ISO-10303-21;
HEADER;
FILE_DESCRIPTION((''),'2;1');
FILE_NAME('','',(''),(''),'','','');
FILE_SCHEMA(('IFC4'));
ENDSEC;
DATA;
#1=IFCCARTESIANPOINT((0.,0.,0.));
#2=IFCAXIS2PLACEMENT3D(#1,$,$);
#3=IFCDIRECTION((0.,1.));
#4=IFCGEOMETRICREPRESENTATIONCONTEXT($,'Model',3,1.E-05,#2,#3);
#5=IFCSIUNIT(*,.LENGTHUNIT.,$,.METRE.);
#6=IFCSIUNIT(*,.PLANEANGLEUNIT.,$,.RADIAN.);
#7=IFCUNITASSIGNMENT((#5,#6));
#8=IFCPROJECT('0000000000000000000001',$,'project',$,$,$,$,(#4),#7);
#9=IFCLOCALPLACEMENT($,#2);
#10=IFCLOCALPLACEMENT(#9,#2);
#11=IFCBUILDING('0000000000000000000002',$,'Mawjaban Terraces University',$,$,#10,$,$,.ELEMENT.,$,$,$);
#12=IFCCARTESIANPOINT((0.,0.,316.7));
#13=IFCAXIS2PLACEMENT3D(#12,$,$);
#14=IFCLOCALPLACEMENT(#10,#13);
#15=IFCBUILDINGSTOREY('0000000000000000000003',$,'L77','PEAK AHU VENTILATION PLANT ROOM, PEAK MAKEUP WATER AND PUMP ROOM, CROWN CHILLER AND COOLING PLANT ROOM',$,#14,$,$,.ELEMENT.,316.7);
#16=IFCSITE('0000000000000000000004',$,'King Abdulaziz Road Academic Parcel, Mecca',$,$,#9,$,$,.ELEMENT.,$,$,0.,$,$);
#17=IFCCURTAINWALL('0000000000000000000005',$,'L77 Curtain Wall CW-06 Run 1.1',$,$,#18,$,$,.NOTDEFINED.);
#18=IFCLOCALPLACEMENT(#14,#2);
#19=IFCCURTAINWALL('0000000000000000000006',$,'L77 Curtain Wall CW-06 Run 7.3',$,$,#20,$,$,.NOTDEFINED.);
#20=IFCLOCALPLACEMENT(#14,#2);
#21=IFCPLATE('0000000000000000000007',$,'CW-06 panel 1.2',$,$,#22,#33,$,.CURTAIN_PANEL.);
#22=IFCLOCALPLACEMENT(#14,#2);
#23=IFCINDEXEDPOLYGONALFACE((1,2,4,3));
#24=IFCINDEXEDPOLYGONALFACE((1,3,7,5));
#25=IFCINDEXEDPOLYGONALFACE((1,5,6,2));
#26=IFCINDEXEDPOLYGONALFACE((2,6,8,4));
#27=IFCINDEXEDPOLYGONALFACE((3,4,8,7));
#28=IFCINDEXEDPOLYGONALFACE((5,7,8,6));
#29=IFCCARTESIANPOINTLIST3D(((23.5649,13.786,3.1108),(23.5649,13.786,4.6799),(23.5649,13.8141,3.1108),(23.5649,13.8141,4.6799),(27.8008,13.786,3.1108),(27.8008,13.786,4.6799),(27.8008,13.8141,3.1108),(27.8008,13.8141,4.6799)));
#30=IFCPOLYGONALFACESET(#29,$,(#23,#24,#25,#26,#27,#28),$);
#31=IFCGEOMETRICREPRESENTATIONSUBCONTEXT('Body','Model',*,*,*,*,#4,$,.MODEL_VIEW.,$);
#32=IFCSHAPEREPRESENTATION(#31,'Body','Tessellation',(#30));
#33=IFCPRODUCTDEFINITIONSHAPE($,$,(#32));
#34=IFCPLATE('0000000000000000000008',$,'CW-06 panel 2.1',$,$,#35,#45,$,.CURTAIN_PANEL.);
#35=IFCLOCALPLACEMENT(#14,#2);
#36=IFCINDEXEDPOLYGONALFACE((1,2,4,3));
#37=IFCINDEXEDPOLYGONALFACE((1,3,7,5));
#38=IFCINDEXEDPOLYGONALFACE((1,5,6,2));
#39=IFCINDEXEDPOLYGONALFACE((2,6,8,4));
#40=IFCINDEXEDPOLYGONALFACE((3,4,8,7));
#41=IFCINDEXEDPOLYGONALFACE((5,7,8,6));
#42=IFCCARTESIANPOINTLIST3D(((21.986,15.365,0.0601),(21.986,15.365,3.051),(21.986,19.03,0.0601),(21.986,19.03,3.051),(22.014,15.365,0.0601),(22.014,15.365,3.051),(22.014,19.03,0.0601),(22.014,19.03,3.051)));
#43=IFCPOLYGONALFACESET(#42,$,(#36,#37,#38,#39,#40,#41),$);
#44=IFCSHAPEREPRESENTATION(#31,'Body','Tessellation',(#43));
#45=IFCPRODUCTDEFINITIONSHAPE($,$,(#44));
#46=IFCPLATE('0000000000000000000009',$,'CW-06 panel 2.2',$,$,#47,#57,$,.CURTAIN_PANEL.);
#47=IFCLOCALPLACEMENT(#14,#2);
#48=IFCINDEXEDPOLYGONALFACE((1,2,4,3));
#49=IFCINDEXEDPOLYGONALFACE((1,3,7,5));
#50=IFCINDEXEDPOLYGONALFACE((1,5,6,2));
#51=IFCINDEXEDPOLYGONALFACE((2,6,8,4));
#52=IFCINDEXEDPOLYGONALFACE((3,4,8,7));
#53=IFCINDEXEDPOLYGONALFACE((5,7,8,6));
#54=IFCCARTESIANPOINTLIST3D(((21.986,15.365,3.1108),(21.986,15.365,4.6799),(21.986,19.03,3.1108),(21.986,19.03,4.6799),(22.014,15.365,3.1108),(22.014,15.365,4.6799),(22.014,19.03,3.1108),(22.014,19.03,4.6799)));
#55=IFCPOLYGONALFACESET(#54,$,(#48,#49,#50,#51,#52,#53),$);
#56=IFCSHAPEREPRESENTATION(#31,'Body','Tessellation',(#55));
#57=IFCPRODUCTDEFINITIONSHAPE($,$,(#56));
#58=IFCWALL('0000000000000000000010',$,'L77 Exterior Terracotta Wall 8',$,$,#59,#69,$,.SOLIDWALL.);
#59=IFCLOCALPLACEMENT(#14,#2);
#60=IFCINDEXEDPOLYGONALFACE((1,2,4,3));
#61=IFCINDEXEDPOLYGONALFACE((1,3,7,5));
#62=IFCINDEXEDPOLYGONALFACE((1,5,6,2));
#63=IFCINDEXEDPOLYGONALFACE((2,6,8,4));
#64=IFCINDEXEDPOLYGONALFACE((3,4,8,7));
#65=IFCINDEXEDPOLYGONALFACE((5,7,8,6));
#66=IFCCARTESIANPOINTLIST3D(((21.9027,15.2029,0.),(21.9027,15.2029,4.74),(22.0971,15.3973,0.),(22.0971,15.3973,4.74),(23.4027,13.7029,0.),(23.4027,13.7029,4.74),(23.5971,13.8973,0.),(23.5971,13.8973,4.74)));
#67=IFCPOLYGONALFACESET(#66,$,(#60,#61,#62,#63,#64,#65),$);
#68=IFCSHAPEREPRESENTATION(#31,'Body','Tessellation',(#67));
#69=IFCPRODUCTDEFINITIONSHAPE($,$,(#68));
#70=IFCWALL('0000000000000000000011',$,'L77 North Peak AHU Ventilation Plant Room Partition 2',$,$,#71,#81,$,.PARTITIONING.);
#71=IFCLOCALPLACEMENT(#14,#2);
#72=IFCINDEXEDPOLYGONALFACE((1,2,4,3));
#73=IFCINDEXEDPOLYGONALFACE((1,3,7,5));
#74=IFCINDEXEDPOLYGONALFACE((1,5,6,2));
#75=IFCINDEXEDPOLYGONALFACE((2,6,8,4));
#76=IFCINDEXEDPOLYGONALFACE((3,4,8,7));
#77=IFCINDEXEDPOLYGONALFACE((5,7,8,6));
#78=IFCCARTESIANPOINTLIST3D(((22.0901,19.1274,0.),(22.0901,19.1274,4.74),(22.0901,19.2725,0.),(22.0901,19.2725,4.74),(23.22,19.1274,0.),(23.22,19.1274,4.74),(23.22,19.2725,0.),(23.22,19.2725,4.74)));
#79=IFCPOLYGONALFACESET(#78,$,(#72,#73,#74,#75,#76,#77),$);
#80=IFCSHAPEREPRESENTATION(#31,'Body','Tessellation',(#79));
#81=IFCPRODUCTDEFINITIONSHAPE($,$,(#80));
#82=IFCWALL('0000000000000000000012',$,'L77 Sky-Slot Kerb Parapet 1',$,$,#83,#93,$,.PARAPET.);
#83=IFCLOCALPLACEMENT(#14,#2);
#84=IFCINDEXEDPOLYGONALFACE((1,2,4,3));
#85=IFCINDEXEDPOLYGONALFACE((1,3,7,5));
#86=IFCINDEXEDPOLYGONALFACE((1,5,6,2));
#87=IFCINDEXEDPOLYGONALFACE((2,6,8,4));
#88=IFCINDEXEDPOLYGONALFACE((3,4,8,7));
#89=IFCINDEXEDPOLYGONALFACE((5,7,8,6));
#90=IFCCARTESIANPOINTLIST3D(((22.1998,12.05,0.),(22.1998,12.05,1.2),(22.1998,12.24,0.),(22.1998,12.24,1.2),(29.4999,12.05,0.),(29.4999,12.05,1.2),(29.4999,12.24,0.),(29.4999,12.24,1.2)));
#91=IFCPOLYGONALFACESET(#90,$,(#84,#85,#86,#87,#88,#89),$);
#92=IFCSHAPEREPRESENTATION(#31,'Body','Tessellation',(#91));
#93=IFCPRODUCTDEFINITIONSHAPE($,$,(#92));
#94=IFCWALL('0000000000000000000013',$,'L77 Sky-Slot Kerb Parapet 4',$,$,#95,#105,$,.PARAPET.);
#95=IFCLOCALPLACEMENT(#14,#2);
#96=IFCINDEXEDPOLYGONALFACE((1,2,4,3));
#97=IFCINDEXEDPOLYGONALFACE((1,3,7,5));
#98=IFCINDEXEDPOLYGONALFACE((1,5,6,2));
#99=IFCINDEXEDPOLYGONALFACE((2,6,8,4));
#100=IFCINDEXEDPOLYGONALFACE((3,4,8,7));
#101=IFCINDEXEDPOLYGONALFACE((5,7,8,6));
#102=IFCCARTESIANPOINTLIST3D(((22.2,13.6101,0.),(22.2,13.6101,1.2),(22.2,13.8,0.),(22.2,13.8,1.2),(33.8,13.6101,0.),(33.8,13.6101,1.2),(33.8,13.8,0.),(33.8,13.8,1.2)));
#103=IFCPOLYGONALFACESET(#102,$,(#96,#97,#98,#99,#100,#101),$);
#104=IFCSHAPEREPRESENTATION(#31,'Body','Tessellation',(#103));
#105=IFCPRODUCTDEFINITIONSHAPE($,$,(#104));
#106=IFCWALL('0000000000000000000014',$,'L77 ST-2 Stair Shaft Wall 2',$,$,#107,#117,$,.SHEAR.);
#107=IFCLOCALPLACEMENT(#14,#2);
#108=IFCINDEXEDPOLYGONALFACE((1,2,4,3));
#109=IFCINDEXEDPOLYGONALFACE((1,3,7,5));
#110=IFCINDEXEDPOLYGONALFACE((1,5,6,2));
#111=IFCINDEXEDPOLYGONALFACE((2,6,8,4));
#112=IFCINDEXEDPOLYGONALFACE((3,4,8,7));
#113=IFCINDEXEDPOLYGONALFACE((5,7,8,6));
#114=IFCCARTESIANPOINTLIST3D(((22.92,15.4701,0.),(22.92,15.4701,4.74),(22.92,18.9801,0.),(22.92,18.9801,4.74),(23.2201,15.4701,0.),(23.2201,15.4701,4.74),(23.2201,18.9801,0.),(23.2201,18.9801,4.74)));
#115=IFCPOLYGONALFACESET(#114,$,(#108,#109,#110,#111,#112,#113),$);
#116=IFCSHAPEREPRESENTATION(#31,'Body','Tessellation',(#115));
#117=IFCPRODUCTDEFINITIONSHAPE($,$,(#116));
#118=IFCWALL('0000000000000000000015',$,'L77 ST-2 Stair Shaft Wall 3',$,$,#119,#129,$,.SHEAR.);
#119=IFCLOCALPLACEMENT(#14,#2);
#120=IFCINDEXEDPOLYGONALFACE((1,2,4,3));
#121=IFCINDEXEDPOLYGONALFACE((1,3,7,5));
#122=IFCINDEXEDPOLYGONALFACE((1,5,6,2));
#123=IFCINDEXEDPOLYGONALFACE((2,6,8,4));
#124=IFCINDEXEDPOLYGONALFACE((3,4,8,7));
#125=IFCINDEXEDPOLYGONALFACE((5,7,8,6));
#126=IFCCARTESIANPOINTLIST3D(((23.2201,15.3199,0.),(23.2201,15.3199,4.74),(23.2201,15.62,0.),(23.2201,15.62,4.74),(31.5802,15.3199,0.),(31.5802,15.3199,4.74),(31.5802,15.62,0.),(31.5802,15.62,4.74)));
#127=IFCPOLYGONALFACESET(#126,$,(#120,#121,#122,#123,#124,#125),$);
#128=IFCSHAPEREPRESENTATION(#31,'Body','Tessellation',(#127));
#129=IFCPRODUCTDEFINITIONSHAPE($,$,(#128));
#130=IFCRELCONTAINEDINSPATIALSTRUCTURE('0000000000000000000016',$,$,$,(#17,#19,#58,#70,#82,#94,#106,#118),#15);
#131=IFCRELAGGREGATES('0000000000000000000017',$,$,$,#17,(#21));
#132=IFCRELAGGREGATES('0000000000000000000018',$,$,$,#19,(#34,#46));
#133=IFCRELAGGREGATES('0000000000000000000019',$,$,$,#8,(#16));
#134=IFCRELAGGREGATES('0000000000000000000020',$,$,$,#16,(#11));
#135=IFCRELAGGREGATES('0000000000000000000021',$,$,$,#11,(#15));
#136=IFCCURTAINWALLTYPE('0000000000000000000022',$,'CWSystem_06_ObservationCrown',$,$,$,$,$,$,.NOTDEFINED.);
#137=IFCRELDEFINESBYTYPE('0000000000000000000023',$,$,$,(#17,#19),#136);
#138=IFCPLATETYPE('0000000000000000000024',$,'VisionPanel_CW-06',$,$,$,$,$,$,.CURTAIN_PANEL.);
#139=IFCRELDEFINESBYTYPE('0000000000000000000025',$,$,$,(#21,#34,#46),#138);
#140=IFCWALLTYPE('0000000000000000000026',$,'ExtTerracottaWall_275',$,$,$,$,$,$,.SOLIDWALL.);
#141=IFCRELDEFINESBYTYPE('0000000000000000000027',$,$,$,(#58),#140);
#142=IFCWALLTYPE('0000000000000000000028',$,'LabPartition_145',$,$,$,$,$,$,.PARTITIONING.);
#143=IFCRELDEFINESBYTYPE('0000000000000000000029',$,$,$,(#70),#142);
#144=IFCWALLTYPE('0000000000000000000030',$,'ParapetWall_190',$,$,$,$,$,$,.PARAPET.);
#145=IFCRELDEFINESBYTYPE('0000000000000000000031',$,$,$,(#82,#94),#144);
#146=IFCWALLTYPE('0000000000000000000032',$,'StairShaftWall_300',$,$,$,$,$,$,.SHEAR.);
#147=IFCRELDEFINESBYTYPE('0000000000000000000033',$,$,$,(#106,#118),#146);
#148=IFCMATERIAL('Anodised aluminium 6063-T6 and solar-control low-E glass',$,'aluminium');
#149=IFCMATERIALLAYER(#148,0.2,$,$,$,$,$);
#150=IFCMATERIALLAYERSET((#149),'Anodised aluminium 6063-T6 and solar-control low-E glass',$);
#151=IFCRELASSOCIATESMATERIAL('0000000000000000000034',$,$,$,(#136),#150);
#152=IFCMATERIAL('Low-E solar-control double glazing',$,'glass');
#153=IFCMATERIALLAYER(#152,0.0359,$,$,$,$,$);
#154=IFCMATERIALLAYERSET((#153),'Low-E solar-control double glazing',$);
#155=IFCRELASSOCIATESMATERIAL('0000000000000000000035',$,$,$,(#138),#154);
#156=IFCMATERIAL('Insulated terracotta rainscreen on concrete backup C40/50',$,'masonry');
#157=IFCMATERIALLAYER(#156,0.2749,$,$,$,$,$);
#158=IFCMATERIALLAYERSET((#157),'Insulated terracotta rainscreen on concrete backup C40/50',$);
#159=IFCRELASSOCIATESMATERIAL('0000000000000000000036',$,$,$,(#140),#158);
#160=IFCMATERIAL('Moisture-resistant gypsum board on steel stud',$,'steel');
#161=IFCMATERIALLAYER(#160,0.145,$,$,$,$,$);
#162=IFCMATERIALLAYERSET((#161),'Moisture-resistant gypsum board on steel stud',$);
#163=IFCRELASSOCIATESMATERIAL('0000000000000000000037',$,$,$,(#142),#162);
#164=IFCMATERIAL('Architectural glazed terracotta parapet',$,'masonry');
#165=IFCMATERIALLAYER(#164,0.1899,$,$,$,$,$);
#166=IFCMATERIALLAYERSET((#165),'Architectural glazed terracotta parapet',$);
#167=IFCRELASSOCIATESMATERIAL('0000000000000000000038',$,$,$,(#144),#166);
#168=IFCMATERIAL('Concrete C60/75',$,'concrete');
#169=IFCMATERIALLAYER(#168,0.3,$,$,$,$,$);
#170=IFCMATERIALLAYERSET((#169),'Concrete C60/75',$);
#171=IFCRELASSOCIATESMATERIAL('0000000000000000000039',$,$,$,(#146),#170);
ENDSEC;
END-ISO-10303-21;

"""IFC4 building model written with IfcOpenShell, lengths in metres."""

from ifc_helpers import new_model, si_unit, direction, frame, frame_2d, origin, origin_2d, place, context, subcontext, project, spatial, rectangle, extrude, material, layer, layer_set, type_object, element, aggregate, save


model = new_model("IFC4")

# Units and contexts
model_context = context("Model", 3, precision=1e-05, world=origin(), true_north=direction((0.0, 1.0)))
body_context = subcontext(model_context, "Body", "Model", "MODEL_VIEW")
ifc_project = project(units=[si_unit("LENGTHUNIT", "METRE"), si_unit("PLANEANGLEUNIT", "RADIAN")], contexts=[model_context])

# Site, building, storey
site_placement = place(None, origin())
site = spatial("IfcSite", under=ifc_project, at=site_placement, Name="King Abdulaziz Road Academic Parcel, Mecca", CompositionType="ELEMENT", RefElevation=0.0)
building_placement = place(site_placement, origin())
building = spatial("IfcBuilding", under=site, at=building_placement, Name="Mawjaban Terraces University", CompositionType="ELEMENT")
storey_placement = place(building_placement, frame((0.0, 0.0, 316.7)))
storey = spatial("IfcBuildingStorey", under=building, at=storey_placement, Name="L77", Description="PEAK AHU VENTILATION PLANT ROOM, PEAK MAKEUP WATER AND PUMP ROOM, CROWN CHILLER AND COOLING PLANT ROOM", CompositionType="ELEMENT", Elevation=316.7)

# Curtain walls
ifc_material_1 = material(Name="Anodised aluminium 6063-T6 and solar-control low-E glass", Category="aluminium")
ifc_layer_1 = layer(ifc_material_1, 0.2)
ifc_layer_set_1 = layer_set([ifc_layer_1], Name="Anodised aluminium 6063-T6 and solar-control low-E glass")
curtain_wall_type = type_object("IfcCurtainWallType", Name="CWSystem_06_ObservationCrown", PredefinedType="NOTDEFINED", material=ifc_layer_set_1)
curtain_wall_1_placement = place(storey_placement, origin())
curtain_wall_1 = element("IfcCurtainWall", 1, at=curtain_wall_1_placement, inside=storey, type_object=curtain_wall_type, Name="L77 Curtain Wall CW-06 Run 1.1", PredefinedType="NOTDEFINED")
curtain_wall_2_placement = place(storey_placement, origin())
curtain_wall_2 = element("IfcCurtainWall", 2, at=curtain_wall_2_placement, inside=storey, type_object=curtain_wall_type, Name="L77 Curtain Wall CW-06 Run 7.3", PredefinedType="NOTDEFINED")

# Plates
ifc_material_2 = material(Name="Low-E solar-control double glazing", Category="glass")
ifc_layer_2 = layer(ifc_material_2, 0.0359)
ifc_layer_set_2 = layer_set([ifc_layer_2], Name="Low-E solar-control double glazing")
plate_type = type_object("IfcPlateType", Name="VisionPanel_CW-06", PredefinedType="CURTAIN_PANEL", material=ifc_layer_set_2)
plate_1_placement = place(storey_placement, frame((25.6829, 13.8, 3.1108), z_axis=(0.0, 0.0, 1.0), x_axis=(1.0, 0.0, 0.0)))
plate_1 = element("IfcPlate", 3, at=plate_1_placement, type_object=plate_type, Name="CW-06 panel 1.2", PredefinedType="CURTAIN_PANEL", context=body_context, shape_type="SweptSolid", body=[
    extrude(rectangle(XDim=4.2358, YDim=0.0281, at=origin_2d()), origin(), (0.0, 0.0, 1.0), 1.5691),
])
aggregate(curtain_wall_1, [plate_1])
plate_2_placement = place(storey_placement, frame((22.0, 17.1975, 0.0601), z_axis=(0.0, 0.0, 1.0), x_axis=(0.0, -1.0, 0.0)))
plate_2 = element("IfcPlate", 4, at=plate_2_placement, type_object=plate_type, Name="CW-06 panel 2.1", PredefinedType="CURTAIN_PANEL", context=body_context, shape_type="SweptSolid", body=[
    extrude(rectangle(XDim=3.665, YDim=0.0281, at=origin_2d()), origin(), (0.0, 0.0, 1.0), 2.991),
])
plate_3_placement = place(storey_placement, frame((22.0, 17.1975, 3.1108), z_axis=(0.0, 0.0, 1.0), x_axis=(0.0, -1.0, 0.0)))
plate_3 = element("IfcPlate", 5, at=plate_3_placement, type_object=plate_type, Name="CW-06 panel 2.2", PredefinedType="CURTAIN_PANEL", context=body_context, shape_type="SweptSolid", body=[
    extrude(rectangle(XDim=3.665, YDim=0.0281, at=origin_2d()), origin(), (0.0, 0.0, 1.0), 1.5691),
])
aggregate(curtain_wall_2, [plate_2, plate_3])

# Walls
ifc_material_3 = material(Name="Insulated terracotta rainscreen on concrete backup C40/50", Category="masonry")
ifc_layer_3 = layer(ifc_material_3, 0.2749)
ifc_layer_set_3 = layer_set([ifc_layer_3], Name="Insulated terracotta rainscreen on concrete backup C40/50")
wall_type_1 = type_object("IfcWallType", Name="ExtTerracottaWall_275", PredefinedType="SOLIDWALL", material=ifc_layer_set_3)
wall_1_placement = place(storey_placement, frame((22.0, 15.3, 0.0), z_axis=(0.0, 0.0, 1.0), x_axis=(0.707107, -0.707107, 0.0)))
element("IfcWall", 6, at=wall_1_placement, inside=storey, type_object=wall_type_1, Name="L77 Exterior Terracotta Wall 8", PredefinedType="SOLIDWALL", context=body_context, shape_type="SweptSolid", body=[
    extrude(rectangle(XDim=2.1213, YDim=0.2749, at=frame_2d((1.0605, 0.0))), origin(), (0.0, 0.0, 1.0), 4.74),
])
ifc_material_4 = material(Name="Moisture-resistant gypsum board on steel stud", Category="steel")
ifc_layer_4 = layer(ifc_material_4, 0.145)
ifc_layer_set_4 = layer_set([ifc_layer_4], Name="Moisture-resistant gypsum board on steel stud")
wall_type_2 = type_object("IfcWallType", Name="LabPartition_145", PredefinedType="PARTITIONING", material=ifc_layer_set_4)
wall_2_placement = place(storey_placement, frame((22.0901, 19.2, 0.0), z_axis=(0.0, 0.0, 1.0), x_axis=(1.0, 0.0, 0.0)))
element("IfcWall", 7, at=wall_2_placement, inside=storey, type_object=wall_type_2, Name="L77 North Peak AHU Ventilation Plant Room Partition 2", PredefinedType="PARTITIONING", context=body_context, shape_type="SweptSolid", body=[
    extrude(rectangle(XDim=1.1299, YDim=0.145, at=frame_2d((0.5649, 0.0))), origin(), (0.0, 0.0, 1.0), 4.74),
])
ifc_material_5 = material(Name="Architectural glazed terracotta parapet", Category="masonry")
ifc_layer_5 = layer(ifc_material_5, 0.1899)
ifc_layer_set_5 = layer_set([ifc_layer_5], Name="Architectural glazed terracotta parapet")
wall_type_3 = type_object("IfcWallType", Name="ParapetWall_190", PredefinedType="PARAPET", material=ifc_layer_set_5)
wall_3_placement = place(storey_placement, frame((22.2, 12.145, 0.0), z_axis=(0.0, 0.0, 1.0), x_axis=(1.0, 0.0, 0.0)))
element("IfcWall", 8, at=wall_3_placement, inside=storey, type_object=wall_type_3, Name="L77 Sky-Slot Kerb Parapet 1", PredefinedType="PARAPET", context=body_context, shape_type="SweptSolid", body=[
    extrude(rectangle(XDim=7.3, YDim=0.1899, at=frame_2d((3.6499, 0.0))), origin(), (0.0, 0.0, 1.0), 1.2),
])
wall_4_placement = place(storey_placement, frame((22.2, 13.7051, 0.0), z_axis=(0.0, 0.0, 1.0), x_axis=(1.0, 0.0, 0.0)))
element("IfcWall", 9, at=wall_4_placement, inside=storey, type_object=wall_type_3, Name="L77 Sky-Slot Kerb Parapet 4", PredefinedType="PARAPET", context=body_context, shape_type="SweptSolid", body=[
    extrude(rectangle(XDim=11.6001, YDim=0.1899, at=frame_2d((5.8, 0.0))), origin(), (0.0, 0.0, 1.0), 1.2),
])
ifc_material_6 = material(Name="Concrete C60/75", Category="concrete")
ifc_layer_6 = layer(ifc_material_6, 0.3)
ifc_layer_set_6 = layer_set([ifc_layer_6], Name="Concrete C60/75")
wall_type_4 = type_object("IfcWallType", Name="StairShaftWall_300", PredefinedType="SHEAR", material=ifc_layer_set_6)
wall_5_placement = place(storey_placement, frame((23.0701, 18.98, 0.0), z_axis=(0.0, 0.0, 1.0), x_axis=(0.0, -1.0, 0.0)))
element("IfcWall", 10, at=wall_5_placement, inside=storey, type_object=wall_type_4, Name="L77 ST-2 Stair Shaft Wall 2", PredefinedType="SHEAR", context=body_context, shape_type="SweptSolid", body=[
    extrude(rectangle(XDim=3.51, YDim=0.3, at=frame_2d((1.7549, 0.0))), origin(), (0.0, 0.0, 1.0), 4.74),
])
wall_6_placement = place(storey_placement, frame((23.22, 15.47, 0.0), z_axis=(0.0, 0.0, 1.0), x_axis=(1.0, 0.0, 0.0)))
element("IfcWall", 11, at=wall_6_placement, inside=storey, type_object=wall_type_4, Name="L77 ST-2 Stair Shaft Wall 3", PredefinedType="SHEAR", context=body_context, shape_type="SweptSolid", body=[
    extrude(rectangle(XDim=8.3601, YDim=0.3, at=frame_2d((4.1802, 0.0))), origin(), (0.0, 0.0, 1.0), 4.74),
])

save(model, "model.ifc")
